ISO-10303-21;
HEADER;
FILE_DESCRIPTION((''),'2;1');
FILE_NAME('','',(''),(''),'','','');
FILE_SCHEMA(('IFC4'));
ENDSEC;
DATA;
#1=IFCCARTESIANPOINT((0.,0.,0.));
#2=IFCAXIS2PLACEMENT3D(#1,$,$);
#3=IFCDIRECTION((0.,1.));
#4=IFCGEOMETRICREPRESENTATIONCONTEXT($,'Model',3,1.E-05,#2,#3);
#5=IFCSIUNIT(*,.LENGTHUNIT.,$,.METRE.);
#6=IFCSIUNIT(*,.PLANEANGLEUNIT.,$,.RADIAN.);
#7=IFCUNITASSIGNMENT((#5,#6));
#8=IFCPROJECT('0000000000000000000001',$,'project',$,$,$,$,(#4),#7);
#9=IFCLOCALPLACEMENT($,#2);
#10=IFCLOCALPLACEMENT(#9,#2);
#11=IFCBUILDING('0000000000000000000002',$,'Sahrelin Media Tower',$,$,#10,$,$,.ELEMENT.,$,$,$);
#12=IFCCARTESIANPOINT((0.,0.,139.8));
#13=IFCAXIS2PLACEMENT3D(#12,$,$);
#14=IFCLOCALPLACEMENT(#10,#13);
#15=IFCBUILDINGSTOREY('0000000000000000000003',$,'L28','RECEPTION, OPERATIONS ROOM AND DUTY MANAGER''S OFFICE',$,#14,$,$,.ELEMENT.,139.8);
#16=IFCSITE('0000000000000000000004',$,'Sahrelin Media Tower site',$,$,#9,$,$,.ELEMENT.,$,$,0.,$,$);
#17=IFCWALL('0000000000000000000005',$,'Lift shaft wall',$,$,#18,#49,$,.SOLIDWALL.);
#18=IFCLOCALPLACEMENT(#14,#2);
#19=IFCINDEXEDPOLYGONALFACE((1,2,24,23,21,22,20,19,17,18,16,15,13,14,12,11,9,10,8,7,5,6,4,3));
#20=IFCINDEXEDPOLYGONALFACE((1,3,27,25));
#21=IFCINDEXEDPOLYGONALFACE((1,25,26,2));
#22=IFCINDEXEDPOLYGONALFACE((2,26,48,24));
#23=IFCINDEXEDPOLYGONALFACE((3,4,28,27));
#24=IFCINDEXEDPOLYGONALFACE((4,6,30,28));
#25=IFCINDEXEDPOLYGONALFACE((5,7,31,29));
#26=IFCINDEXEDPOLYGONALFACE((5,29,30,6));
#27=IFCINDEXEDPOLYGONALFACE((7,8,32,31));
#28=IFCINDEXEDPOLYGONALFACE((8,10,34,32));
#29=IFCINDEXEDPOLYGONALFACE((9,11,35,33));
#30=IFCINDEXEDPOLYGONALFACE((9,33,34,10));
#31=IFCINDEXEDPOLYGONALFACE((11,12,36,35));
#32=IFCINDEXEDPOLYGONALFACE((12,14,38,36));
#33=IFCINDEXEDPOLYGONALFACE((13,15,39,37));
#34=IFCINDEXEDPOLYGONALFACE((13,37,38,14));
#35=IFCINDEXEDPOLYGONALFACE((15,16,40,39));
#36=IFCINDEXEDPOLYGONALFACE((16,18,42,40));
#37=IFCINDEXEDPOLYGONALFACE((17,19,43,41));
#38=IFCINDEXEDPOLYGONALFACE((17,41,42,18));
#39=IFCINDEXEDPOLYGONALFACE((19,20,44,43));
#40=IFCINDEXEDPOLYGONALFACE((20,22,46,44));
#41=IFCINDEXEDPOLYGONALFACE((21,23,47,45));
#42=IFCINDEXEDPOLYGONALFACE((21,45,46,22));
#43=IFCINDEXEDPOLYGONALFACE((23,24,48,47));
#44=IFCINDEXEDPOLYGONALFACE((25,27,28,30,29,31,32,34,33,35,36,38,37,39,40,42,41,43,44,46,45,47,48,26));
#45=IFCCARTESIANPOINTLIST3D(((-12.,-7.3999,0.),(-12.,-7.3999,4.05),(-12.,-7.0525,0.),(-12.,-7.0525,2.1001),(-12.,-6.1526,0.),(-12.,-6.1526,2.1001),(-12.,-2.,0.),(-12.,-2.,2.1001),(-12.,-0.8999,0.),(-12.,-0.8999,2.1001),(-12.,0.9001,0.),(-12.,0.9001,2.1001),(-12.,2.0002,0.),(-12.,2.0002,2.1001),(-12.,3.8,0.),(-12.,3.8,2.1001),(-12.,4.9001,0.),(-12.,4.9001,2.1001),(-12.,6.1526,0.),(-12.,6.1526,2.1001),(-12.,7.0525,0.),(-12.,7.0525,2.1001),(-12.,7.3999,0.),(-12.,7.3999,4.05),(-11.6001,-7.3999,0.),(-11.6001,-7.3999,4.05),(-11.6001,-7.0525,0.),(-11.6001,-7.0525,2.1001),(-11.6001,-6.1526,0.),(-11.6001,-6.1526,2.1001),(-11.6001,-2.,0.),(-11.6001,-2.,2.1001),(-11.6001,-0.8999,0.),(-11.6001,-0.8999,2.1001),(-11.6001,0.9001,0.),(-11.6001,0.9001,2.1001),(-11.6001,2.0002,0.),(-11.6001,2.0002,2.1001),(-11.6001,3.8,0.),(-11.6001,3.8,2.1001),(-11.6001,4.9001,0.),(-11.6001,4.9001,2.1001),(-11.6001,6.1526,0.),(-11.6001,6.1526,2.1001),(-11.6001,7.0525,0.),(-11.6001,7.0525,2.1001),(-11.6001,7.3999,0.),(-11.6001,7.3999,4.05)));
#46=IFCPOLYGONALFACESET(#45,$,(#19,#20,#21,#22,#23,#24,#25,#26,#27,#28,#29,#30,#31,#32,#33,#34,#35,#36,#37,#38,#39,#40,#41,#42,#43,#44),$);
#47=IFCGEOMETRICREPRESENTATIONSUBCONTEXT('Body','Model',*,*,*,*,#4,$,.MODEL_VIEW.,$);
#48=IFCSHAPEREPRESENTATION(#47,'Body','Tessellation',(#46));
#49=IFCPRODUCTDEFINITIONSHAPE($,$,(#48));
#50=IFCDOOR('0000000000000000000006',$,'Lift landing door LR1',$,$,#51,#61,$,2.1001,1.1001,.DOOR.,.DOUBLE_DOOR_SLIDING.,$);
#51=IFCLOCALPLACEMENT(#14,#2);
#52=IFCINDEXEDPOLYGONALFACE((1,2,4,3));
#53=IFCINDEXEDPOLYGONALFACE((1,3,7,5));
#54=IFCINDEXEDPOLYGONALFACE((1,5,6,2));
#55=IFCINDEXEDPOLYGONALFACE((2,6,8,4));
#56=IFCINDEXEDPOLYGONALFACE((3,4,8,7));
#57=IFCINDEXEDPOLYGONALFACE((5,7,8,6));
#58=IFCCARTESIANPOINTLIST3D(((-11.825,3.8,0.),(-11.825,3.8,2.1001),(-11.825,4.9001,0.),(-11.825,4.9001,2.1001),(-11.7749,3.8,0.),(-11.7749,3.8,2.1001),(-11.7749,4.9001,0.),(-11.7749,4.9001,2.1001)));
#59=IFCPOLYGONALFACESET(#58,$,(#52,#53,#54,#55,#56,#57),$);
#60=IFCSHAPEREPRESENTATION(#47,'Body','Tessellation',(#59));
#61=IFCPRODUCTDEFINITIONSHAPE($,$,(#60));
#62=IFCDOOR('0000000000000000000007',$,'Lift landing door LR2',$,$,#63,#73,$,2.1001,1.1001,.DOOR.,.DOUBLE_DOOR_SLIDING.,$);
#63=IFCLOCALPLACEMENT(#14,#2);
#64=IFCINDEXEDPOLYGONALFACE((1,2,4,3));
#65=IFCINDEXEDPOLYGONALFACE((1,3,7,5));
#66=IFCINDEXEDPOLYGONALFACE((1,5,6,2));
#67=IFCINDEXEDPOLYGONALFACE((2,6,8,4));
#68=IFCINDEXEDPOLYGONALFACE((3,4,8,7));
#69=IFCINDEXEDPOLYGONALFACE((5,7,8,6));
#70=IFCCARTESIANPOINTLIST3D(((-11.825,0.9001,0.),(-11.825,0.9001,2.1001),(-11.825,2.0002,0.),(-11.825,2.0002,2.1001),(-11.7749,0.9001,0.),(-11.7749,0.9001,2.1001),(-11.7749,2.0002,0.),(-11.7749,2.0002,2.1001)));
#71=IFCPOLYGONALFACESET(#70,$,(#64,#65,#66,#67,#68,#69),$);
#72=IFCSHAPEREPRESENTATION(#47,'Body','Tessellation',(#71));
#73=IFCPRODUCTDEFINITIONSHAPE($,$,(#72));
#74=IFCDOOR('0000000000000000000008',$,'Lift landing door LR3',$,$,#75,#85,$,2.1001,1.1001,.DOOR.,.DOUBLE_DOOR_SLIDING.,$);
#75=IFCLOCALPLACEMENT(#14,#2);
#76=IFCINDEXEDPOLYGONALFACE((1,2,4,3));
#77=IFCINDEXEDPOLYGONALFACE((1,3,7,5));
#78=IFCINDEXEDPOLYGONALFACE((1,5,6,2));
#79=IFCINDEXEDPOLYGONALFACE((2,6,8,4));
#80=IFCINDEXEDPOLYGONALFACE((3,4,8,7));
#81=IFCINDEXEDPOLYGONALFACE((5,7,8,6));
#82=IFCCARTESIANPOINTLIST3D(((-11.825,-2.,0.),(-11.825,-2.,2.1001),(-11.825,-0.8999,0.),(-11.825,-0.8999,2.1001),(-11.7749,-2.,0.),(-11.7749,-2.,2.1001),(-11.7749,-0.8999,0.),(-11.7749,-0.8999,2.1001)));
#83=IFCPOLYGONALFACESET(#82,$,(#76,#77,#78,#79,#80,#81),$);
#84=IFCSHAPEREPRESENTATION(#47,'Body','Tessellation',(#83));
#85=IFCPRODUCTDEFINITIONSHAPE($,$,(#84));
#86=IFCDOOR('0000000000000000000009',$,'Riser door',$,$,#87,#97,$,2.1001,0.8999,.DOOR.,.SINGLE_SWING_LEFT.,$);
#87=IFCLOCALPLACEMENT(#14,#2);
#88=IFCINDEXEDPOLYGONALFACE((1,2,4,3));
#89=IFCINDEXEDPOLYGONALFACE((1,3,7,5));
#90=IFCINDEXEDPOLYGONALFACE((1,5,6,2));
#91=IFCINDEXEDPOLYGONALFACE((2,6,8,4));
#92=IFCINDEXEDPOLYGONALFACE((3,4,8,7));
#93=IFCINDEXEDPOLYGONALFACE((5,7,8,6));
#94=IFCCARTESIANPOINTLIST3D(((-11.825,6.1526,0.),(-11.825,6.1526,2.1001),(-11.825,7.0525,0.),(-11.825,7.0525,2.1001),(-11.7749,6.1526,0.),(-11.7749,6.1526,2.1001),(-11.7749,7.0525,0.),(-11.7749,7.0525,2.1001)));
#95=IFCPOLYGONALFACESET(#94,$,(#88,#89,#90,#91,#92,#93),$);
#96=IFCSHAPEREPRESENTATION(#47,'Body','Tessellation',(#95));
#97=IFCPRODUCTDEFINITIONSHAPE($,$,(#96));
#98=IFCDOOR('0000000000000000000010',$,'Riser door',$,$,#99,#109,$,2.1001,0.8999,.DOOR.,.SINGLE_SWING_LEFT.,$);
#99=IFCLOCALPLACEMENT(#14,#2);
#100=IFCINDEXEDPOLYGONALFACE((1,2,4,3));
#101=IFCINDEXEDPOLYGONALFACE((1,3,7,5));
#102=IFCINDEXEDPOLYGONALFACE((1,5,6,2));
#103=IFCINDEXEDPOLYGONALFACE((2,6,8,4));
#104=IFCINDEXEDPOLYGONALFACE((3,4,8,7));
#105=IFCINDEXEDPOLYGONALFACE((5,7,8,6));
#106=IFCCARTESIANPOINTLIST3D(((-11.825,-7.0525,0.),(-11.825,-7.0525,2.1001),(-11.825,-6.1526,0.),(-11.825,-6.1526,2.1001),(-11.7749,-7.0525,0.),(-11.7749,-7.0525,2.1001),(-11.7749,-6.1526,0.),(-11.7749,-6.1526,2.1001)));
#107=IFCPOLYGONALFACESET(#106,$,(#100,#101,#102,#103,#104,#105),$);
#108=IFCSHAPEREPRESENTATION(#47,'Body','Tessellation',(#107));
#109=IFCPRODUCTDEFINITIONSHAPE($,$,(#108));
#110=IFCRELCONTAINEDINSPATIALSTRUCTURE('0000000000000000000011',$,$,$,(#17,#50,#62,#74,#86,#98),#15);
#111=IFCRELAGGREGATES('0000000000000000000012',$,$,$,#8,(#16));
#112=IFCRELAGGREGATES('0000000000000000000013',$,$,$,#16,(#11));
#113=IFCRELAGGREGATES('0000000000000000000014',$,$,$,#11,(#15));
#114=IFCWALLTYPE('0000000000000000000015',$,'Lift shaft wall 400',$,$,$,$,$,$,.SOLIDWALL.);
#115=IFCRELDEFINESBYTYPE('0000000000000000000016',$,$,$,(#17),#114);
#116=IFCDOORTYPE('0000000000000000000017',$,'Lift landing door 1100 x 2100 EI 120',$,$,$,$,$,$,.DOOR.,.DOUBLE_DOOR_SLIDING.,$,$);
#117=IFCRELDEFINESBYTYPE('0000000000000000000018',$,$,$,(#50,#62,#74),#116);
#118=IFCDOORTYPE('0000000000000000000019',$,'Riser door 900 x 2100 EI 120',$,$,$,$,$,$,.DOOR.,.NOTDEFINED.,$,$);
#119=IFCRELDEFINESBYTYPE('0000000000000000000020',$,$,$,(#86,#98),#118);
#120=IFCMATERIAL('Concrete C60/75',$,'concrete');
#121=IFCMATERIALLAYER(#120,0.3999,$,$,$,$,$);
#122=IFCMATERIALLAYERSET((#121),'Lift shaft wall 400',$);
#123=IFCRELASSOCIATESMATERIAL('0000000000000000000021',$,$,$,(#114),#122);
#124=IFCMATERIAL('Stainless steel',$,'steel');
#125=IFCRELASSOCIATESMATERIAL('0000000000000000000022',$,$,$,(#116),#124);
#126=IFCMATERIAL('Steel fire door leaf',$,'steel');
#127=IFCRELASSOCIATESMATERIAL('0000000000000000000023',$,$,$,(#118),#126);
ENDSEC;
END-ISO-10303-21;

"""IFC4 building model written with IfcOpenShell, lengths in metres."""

from ifc_helpers import new_model, si_unit, direction, frame, frame_2d, origin, place, context, subcontext, project, spatial, rectangle, extrude, material, layer, layer_set, type_object, element, fill, save


model = new_model("IFC4")

# Units and contexts
model_context = context("Model", 3, precision=1e-05, world=origin(), true_north=direction((0.0, 1.0)))
body_context = subcontext(model_context, "Body", "Model", "MODEL_VIEW")
ifc_project = project(units=[si_unit("LENGTHUNIT", "METRE"), si_unit("PLANEANGLEUNIT", "RADIAN")], contexts=[model_context])

# Site, building, storey
site_placement = place(None, origin())
site = spatial("IfcSite", under=ifc_project, at=site_placement, Name="Sahrelin Media Tower site", CompositionType="ELEMENT", RefElevation=0.0)
building_placement = place(site_placement, origin())
building = spatial("IfcBuilding", under=site, at=building_placement, Name="Sahrelin Media Tower", CompositionType="ELEMENT")
storey_placement = place(building_placement, frame((0.0, 0.0, 139.8)))
storey = spatial("IfcBuildingStorey", under=building, at=storey_placement, Name="L28", Description="RECEPTION, OPERATIONS ROOM AND DUTY MANAGER'S OFFICE", CompositionType="ELEMENT", Elevation=139.8)

# Shared definitions
ifc_material_1 = material(Name="Concrete C60/75", Category="concrete")
ifc_material_2 = material(Name="Steel fire door leaf", Category="steel")

# Wall, openings, doors
ifc_layer_1 = layer(ifc_material_1, 0.3999)
ifc_layer_set_1 = layer_set([ifc_layer_1], Name="Lift shaft wall 400")
wall_type_1 = type_object("IfcWallType", Name="Lift shaft wall 400", PredefinedType="SOLIDWALL", material=ifc_layer_set_1)
wall_1_placement = place(storey_placement, frame((-11.8, -7.3999, 0.0), z_axis=(0.0, 0.0, 1.0), x_axis=(0.0, 1.0, 0.0)))
wall_1 = element("IfcWall", 1, at=wall_1_placement, inside=storey, type_object=wall_type_1, Name="Lift shaft wall", PredefinedType="SOLIDWALL", context=body_context, shape_type="SweptSolid", body=[
    extrude(rectangle(XDim=14.7998, YDim=0.3999, at=frame_2d((7.3999, 0.0))), origin(), (0.0, 0.0, 1.0), 4.05),
])
opening_1_placement = place(wall_1_placement, frame((11.2, 0.0, 0.0)))
opening_1 = element("IfcOpeningElement", 2, at=opening_1_placement, cuts=wall_1, PredefinedType="OPENING", context=body_context, shape_type="SweptSolid", body=[
    extrude(rectangle(XDim=1.1001, YDim=2.1001, at=frame_2d((0.55, 1.05))), frame((0.0, 0.2, 0.0), z_axis=(0.0, -1.0, 0.0), x_axis=(1.0, 0.0, 0.0)), (0.0, 0.0, 1.0), 0.3999),
])
opening_2_placement = place(wall_1_placement, frame((8.3, 0.0, 0.0)))
opening_2 = element("IfcOpeningElement", 3, at=opening_2_placement, cuts=wall_1, PredefinedType="OPENING", context=body_context, shape_type="SweptSolid", body=[
    extrude(rectangle(XDim=1.1001, YDim=2.1001, at=frame_2d((0.55, 1.05))), frame((0.0, 0.2, 0.0), z_axis=(0.0, -1.0, 0.0), x_axis=(1.0, 0.0, 0.0)), (0.0, 0.0, 1.0), 0.3999),
])
opening_3_placement = place(wall_1_placement, frame((5.3999, 0.0, 0.0)))
opening_3 = element("IfcOpeningElement", 4, at=opening_3_placement, cuts=wall_1, PredefinedType="OPENING", context=body_context, shape_type="SweptSolid", body=[
    extrude(rectangle(XDim=1.1001, YDim=2.1001, at=frame_2d((0.55, 1.05))), frame((0.0, 0.2, 0.0), z_axis=(0.0, -1.0, 0.0), x_axis=(1.0, 0.0, 0.0)), (0.0, 0.0, 1.0), 0.3999),
])
opening_4_placement = place(wall_1_placement, frame((13.5525, 0.0, 0.0)))
opening_4 = element("IfcOpeningElement", 5, at=opening_4_placement, cuts=wall_1, PredefinedType="OPENING", context=body_context, shape_type="SweptSolid", body=[
    extrude(rectangle(XDim=0.8999, YDim=2.1001, at=frame_2d((0.45, 1.05))), frame((0.0, 0.2, 0.0), z_axis=(0.0, -1.0, 0.0), x_axis=(1.0, 0.0, 0.0)), (0.0, 0.0, 1.0), 0.3999),
])
opening_5_placement = place(wall_1_placement, frame((0.3474, 0.0, 0.0)))
opening_5 = element("IfcOpeningElement", 6, at=opening_5_placement, cuts=wall_1, PredefinedType="OPENING", context=body_context, shape_type="SweptSolid", body=[
    extrude(rectangle(XDim=0.8999, YDim=2.1001, at=frame_2d((0.45, 1.05))), frame((0.0, 0.2, 0.0), z_axis=(0.0, -1.0, 0.0), x_axis=(1.0, 0.0, 0.0)), (0.0, 0.0, 1.0), 0.3999),
])
ifc_material_3 = material(Name="Stainless steel", Category="steel")
door_type_1 = type_object("IfcDoorType", Name="Lift landing door 1100 x 2100 EI 120", OperationType="DOUBLE_DOOR_SLIDING", PredefinedType="DOOR", material=ifc_material_3)
door_1_placement = place(opening_1_placement, origin())
door_1 = element("IfcDoor", 7, at=door_1_placement, inside=storey, type_object=door_type_1, Name="Lift landing door LR1", OperationType="DOUBLE_DOOR_SLIDING", OverallHeight=2.1001, OverallWidth=1.1001, PredefinedType="DOOR", context=body_context, shape_type="SweptSolid", body=[
    extrude(rectangle(XDim=1.1001, YDim=2.1001, at=frame_2d((0.55, 1.05))), frame((0.0, 0.0249, 0.0), z_axis=(0.0, -1.0, 0.0), x_axis=(1.0, 0.0, 0.0)), (0.0, 0.0, 1.0), 0.05),
])
fill(opening_1, door_1)
door_2_placement = place(opening_2_placement, origin())
door_2 = element("IfcDoor", 8, at=door_2_placement, inside=storey, type_object=door_type_1, Name="Lift landing door LR2", OperationType="DOUBLE_DOOR_SLIDING", OverallHeight=2.1001, OverallWidth=1.1001, PredefinedType="DOOR", context=body_context, shape_type="SweptSolid", body=[
    extrude(rectangle(XDim=1.1001, YDim=2.1001, at=frame_2d((0.55, 1.05))), frame((0.0, 0.0249, 0.0), z_axis=(0.0, -1.0, 0.0), x_axis=(1.0, 0.0, 0.0)), (0.0, 0.0, 1.0), 0.05),
])
fill(opening_2, door_2)
door_3_placement = place(opening_3_placement, origin())
door_3 = element("IfcDoor", 9, at=door_3_placement, inside=storey, type_object=door_type_1, Name="Lift landing door LR3", OperationType="DOUBLE_DOOR_SLIDING", OverallHeight=2.1001, OverallWidth=1.1001, PredefinedType="DOOR", context=body_context, shape_type="SweptSolid", body=[
    extrude(rectangle(XDim=1.1001, YDim=2.1001, at=frame_2d((0.55, 1.05))), frame((0.0, 0.0249, 0.0), z_axis=(0.0, -1.0, 0.0), x_axis=(1.0, 0.0, 0.0)), (0.0, 0.0, 1.0), 0.05),
])
fill(opening_3, door_3)
door_type_2 = type_object("IfcDoorType", Name="Riser door 900 x 2100 EI 120", OperationType="NOTDEFINED", PredefinedType="DOOR", material=ifc_material_2)
door_4_placement = place(opening_4_placement, origin())
door_4 = element("IfcDoor", 10, at=door_4_placement, inside=storey, type_object=door_type_2, Name="Riser door", OperationType="SINGLE_SWING_LEFT", OverallHeight=2.1001, OverallWidth=0.8999, PredefinedType="DOOR", context=body_context, shape_type="SweptSolid", body=[
    extrude(rectangle(XDim=0.8999, YDim=2.1001, at=frame_2d((0.45, 1.05))), frame((0.0, 0.0249, 0.0), z_axis=(0.0, -1.0, 0.0), x_axis=(1.0, 0.0, 0.0)), (0.0, 0.0, 1.0), 0.05),
])
fill(opening_4, door_4)
door_5_placement = place(opening_5_placement, origin())
door_5 = element("IfcDoor", 11, at=door_5_placement, inside=storey, type_object=door_type_2, Name="Riser door", OperationType="SINGLE_SWING_LEFT", OverallHeight=2.1001, OverallWidth=0.8999, PredefinedType="DOOR", context=body_context, shape_type="SweptSolid", body=[
    extrude(rectangle(XDim=0.8999, YDim=2.1001, at=frame_2d((0.45, 1.05))), frame((0.0, 0.0249, 0.0), z_axis=(0.0, -1.0, 0.0), x_axis=(1.0, 0.0, 0.0)), (0.0, 0.0, 1.0), 0.05),
])
fill(opening_5, door_5)

save(model, "model.ifc")
